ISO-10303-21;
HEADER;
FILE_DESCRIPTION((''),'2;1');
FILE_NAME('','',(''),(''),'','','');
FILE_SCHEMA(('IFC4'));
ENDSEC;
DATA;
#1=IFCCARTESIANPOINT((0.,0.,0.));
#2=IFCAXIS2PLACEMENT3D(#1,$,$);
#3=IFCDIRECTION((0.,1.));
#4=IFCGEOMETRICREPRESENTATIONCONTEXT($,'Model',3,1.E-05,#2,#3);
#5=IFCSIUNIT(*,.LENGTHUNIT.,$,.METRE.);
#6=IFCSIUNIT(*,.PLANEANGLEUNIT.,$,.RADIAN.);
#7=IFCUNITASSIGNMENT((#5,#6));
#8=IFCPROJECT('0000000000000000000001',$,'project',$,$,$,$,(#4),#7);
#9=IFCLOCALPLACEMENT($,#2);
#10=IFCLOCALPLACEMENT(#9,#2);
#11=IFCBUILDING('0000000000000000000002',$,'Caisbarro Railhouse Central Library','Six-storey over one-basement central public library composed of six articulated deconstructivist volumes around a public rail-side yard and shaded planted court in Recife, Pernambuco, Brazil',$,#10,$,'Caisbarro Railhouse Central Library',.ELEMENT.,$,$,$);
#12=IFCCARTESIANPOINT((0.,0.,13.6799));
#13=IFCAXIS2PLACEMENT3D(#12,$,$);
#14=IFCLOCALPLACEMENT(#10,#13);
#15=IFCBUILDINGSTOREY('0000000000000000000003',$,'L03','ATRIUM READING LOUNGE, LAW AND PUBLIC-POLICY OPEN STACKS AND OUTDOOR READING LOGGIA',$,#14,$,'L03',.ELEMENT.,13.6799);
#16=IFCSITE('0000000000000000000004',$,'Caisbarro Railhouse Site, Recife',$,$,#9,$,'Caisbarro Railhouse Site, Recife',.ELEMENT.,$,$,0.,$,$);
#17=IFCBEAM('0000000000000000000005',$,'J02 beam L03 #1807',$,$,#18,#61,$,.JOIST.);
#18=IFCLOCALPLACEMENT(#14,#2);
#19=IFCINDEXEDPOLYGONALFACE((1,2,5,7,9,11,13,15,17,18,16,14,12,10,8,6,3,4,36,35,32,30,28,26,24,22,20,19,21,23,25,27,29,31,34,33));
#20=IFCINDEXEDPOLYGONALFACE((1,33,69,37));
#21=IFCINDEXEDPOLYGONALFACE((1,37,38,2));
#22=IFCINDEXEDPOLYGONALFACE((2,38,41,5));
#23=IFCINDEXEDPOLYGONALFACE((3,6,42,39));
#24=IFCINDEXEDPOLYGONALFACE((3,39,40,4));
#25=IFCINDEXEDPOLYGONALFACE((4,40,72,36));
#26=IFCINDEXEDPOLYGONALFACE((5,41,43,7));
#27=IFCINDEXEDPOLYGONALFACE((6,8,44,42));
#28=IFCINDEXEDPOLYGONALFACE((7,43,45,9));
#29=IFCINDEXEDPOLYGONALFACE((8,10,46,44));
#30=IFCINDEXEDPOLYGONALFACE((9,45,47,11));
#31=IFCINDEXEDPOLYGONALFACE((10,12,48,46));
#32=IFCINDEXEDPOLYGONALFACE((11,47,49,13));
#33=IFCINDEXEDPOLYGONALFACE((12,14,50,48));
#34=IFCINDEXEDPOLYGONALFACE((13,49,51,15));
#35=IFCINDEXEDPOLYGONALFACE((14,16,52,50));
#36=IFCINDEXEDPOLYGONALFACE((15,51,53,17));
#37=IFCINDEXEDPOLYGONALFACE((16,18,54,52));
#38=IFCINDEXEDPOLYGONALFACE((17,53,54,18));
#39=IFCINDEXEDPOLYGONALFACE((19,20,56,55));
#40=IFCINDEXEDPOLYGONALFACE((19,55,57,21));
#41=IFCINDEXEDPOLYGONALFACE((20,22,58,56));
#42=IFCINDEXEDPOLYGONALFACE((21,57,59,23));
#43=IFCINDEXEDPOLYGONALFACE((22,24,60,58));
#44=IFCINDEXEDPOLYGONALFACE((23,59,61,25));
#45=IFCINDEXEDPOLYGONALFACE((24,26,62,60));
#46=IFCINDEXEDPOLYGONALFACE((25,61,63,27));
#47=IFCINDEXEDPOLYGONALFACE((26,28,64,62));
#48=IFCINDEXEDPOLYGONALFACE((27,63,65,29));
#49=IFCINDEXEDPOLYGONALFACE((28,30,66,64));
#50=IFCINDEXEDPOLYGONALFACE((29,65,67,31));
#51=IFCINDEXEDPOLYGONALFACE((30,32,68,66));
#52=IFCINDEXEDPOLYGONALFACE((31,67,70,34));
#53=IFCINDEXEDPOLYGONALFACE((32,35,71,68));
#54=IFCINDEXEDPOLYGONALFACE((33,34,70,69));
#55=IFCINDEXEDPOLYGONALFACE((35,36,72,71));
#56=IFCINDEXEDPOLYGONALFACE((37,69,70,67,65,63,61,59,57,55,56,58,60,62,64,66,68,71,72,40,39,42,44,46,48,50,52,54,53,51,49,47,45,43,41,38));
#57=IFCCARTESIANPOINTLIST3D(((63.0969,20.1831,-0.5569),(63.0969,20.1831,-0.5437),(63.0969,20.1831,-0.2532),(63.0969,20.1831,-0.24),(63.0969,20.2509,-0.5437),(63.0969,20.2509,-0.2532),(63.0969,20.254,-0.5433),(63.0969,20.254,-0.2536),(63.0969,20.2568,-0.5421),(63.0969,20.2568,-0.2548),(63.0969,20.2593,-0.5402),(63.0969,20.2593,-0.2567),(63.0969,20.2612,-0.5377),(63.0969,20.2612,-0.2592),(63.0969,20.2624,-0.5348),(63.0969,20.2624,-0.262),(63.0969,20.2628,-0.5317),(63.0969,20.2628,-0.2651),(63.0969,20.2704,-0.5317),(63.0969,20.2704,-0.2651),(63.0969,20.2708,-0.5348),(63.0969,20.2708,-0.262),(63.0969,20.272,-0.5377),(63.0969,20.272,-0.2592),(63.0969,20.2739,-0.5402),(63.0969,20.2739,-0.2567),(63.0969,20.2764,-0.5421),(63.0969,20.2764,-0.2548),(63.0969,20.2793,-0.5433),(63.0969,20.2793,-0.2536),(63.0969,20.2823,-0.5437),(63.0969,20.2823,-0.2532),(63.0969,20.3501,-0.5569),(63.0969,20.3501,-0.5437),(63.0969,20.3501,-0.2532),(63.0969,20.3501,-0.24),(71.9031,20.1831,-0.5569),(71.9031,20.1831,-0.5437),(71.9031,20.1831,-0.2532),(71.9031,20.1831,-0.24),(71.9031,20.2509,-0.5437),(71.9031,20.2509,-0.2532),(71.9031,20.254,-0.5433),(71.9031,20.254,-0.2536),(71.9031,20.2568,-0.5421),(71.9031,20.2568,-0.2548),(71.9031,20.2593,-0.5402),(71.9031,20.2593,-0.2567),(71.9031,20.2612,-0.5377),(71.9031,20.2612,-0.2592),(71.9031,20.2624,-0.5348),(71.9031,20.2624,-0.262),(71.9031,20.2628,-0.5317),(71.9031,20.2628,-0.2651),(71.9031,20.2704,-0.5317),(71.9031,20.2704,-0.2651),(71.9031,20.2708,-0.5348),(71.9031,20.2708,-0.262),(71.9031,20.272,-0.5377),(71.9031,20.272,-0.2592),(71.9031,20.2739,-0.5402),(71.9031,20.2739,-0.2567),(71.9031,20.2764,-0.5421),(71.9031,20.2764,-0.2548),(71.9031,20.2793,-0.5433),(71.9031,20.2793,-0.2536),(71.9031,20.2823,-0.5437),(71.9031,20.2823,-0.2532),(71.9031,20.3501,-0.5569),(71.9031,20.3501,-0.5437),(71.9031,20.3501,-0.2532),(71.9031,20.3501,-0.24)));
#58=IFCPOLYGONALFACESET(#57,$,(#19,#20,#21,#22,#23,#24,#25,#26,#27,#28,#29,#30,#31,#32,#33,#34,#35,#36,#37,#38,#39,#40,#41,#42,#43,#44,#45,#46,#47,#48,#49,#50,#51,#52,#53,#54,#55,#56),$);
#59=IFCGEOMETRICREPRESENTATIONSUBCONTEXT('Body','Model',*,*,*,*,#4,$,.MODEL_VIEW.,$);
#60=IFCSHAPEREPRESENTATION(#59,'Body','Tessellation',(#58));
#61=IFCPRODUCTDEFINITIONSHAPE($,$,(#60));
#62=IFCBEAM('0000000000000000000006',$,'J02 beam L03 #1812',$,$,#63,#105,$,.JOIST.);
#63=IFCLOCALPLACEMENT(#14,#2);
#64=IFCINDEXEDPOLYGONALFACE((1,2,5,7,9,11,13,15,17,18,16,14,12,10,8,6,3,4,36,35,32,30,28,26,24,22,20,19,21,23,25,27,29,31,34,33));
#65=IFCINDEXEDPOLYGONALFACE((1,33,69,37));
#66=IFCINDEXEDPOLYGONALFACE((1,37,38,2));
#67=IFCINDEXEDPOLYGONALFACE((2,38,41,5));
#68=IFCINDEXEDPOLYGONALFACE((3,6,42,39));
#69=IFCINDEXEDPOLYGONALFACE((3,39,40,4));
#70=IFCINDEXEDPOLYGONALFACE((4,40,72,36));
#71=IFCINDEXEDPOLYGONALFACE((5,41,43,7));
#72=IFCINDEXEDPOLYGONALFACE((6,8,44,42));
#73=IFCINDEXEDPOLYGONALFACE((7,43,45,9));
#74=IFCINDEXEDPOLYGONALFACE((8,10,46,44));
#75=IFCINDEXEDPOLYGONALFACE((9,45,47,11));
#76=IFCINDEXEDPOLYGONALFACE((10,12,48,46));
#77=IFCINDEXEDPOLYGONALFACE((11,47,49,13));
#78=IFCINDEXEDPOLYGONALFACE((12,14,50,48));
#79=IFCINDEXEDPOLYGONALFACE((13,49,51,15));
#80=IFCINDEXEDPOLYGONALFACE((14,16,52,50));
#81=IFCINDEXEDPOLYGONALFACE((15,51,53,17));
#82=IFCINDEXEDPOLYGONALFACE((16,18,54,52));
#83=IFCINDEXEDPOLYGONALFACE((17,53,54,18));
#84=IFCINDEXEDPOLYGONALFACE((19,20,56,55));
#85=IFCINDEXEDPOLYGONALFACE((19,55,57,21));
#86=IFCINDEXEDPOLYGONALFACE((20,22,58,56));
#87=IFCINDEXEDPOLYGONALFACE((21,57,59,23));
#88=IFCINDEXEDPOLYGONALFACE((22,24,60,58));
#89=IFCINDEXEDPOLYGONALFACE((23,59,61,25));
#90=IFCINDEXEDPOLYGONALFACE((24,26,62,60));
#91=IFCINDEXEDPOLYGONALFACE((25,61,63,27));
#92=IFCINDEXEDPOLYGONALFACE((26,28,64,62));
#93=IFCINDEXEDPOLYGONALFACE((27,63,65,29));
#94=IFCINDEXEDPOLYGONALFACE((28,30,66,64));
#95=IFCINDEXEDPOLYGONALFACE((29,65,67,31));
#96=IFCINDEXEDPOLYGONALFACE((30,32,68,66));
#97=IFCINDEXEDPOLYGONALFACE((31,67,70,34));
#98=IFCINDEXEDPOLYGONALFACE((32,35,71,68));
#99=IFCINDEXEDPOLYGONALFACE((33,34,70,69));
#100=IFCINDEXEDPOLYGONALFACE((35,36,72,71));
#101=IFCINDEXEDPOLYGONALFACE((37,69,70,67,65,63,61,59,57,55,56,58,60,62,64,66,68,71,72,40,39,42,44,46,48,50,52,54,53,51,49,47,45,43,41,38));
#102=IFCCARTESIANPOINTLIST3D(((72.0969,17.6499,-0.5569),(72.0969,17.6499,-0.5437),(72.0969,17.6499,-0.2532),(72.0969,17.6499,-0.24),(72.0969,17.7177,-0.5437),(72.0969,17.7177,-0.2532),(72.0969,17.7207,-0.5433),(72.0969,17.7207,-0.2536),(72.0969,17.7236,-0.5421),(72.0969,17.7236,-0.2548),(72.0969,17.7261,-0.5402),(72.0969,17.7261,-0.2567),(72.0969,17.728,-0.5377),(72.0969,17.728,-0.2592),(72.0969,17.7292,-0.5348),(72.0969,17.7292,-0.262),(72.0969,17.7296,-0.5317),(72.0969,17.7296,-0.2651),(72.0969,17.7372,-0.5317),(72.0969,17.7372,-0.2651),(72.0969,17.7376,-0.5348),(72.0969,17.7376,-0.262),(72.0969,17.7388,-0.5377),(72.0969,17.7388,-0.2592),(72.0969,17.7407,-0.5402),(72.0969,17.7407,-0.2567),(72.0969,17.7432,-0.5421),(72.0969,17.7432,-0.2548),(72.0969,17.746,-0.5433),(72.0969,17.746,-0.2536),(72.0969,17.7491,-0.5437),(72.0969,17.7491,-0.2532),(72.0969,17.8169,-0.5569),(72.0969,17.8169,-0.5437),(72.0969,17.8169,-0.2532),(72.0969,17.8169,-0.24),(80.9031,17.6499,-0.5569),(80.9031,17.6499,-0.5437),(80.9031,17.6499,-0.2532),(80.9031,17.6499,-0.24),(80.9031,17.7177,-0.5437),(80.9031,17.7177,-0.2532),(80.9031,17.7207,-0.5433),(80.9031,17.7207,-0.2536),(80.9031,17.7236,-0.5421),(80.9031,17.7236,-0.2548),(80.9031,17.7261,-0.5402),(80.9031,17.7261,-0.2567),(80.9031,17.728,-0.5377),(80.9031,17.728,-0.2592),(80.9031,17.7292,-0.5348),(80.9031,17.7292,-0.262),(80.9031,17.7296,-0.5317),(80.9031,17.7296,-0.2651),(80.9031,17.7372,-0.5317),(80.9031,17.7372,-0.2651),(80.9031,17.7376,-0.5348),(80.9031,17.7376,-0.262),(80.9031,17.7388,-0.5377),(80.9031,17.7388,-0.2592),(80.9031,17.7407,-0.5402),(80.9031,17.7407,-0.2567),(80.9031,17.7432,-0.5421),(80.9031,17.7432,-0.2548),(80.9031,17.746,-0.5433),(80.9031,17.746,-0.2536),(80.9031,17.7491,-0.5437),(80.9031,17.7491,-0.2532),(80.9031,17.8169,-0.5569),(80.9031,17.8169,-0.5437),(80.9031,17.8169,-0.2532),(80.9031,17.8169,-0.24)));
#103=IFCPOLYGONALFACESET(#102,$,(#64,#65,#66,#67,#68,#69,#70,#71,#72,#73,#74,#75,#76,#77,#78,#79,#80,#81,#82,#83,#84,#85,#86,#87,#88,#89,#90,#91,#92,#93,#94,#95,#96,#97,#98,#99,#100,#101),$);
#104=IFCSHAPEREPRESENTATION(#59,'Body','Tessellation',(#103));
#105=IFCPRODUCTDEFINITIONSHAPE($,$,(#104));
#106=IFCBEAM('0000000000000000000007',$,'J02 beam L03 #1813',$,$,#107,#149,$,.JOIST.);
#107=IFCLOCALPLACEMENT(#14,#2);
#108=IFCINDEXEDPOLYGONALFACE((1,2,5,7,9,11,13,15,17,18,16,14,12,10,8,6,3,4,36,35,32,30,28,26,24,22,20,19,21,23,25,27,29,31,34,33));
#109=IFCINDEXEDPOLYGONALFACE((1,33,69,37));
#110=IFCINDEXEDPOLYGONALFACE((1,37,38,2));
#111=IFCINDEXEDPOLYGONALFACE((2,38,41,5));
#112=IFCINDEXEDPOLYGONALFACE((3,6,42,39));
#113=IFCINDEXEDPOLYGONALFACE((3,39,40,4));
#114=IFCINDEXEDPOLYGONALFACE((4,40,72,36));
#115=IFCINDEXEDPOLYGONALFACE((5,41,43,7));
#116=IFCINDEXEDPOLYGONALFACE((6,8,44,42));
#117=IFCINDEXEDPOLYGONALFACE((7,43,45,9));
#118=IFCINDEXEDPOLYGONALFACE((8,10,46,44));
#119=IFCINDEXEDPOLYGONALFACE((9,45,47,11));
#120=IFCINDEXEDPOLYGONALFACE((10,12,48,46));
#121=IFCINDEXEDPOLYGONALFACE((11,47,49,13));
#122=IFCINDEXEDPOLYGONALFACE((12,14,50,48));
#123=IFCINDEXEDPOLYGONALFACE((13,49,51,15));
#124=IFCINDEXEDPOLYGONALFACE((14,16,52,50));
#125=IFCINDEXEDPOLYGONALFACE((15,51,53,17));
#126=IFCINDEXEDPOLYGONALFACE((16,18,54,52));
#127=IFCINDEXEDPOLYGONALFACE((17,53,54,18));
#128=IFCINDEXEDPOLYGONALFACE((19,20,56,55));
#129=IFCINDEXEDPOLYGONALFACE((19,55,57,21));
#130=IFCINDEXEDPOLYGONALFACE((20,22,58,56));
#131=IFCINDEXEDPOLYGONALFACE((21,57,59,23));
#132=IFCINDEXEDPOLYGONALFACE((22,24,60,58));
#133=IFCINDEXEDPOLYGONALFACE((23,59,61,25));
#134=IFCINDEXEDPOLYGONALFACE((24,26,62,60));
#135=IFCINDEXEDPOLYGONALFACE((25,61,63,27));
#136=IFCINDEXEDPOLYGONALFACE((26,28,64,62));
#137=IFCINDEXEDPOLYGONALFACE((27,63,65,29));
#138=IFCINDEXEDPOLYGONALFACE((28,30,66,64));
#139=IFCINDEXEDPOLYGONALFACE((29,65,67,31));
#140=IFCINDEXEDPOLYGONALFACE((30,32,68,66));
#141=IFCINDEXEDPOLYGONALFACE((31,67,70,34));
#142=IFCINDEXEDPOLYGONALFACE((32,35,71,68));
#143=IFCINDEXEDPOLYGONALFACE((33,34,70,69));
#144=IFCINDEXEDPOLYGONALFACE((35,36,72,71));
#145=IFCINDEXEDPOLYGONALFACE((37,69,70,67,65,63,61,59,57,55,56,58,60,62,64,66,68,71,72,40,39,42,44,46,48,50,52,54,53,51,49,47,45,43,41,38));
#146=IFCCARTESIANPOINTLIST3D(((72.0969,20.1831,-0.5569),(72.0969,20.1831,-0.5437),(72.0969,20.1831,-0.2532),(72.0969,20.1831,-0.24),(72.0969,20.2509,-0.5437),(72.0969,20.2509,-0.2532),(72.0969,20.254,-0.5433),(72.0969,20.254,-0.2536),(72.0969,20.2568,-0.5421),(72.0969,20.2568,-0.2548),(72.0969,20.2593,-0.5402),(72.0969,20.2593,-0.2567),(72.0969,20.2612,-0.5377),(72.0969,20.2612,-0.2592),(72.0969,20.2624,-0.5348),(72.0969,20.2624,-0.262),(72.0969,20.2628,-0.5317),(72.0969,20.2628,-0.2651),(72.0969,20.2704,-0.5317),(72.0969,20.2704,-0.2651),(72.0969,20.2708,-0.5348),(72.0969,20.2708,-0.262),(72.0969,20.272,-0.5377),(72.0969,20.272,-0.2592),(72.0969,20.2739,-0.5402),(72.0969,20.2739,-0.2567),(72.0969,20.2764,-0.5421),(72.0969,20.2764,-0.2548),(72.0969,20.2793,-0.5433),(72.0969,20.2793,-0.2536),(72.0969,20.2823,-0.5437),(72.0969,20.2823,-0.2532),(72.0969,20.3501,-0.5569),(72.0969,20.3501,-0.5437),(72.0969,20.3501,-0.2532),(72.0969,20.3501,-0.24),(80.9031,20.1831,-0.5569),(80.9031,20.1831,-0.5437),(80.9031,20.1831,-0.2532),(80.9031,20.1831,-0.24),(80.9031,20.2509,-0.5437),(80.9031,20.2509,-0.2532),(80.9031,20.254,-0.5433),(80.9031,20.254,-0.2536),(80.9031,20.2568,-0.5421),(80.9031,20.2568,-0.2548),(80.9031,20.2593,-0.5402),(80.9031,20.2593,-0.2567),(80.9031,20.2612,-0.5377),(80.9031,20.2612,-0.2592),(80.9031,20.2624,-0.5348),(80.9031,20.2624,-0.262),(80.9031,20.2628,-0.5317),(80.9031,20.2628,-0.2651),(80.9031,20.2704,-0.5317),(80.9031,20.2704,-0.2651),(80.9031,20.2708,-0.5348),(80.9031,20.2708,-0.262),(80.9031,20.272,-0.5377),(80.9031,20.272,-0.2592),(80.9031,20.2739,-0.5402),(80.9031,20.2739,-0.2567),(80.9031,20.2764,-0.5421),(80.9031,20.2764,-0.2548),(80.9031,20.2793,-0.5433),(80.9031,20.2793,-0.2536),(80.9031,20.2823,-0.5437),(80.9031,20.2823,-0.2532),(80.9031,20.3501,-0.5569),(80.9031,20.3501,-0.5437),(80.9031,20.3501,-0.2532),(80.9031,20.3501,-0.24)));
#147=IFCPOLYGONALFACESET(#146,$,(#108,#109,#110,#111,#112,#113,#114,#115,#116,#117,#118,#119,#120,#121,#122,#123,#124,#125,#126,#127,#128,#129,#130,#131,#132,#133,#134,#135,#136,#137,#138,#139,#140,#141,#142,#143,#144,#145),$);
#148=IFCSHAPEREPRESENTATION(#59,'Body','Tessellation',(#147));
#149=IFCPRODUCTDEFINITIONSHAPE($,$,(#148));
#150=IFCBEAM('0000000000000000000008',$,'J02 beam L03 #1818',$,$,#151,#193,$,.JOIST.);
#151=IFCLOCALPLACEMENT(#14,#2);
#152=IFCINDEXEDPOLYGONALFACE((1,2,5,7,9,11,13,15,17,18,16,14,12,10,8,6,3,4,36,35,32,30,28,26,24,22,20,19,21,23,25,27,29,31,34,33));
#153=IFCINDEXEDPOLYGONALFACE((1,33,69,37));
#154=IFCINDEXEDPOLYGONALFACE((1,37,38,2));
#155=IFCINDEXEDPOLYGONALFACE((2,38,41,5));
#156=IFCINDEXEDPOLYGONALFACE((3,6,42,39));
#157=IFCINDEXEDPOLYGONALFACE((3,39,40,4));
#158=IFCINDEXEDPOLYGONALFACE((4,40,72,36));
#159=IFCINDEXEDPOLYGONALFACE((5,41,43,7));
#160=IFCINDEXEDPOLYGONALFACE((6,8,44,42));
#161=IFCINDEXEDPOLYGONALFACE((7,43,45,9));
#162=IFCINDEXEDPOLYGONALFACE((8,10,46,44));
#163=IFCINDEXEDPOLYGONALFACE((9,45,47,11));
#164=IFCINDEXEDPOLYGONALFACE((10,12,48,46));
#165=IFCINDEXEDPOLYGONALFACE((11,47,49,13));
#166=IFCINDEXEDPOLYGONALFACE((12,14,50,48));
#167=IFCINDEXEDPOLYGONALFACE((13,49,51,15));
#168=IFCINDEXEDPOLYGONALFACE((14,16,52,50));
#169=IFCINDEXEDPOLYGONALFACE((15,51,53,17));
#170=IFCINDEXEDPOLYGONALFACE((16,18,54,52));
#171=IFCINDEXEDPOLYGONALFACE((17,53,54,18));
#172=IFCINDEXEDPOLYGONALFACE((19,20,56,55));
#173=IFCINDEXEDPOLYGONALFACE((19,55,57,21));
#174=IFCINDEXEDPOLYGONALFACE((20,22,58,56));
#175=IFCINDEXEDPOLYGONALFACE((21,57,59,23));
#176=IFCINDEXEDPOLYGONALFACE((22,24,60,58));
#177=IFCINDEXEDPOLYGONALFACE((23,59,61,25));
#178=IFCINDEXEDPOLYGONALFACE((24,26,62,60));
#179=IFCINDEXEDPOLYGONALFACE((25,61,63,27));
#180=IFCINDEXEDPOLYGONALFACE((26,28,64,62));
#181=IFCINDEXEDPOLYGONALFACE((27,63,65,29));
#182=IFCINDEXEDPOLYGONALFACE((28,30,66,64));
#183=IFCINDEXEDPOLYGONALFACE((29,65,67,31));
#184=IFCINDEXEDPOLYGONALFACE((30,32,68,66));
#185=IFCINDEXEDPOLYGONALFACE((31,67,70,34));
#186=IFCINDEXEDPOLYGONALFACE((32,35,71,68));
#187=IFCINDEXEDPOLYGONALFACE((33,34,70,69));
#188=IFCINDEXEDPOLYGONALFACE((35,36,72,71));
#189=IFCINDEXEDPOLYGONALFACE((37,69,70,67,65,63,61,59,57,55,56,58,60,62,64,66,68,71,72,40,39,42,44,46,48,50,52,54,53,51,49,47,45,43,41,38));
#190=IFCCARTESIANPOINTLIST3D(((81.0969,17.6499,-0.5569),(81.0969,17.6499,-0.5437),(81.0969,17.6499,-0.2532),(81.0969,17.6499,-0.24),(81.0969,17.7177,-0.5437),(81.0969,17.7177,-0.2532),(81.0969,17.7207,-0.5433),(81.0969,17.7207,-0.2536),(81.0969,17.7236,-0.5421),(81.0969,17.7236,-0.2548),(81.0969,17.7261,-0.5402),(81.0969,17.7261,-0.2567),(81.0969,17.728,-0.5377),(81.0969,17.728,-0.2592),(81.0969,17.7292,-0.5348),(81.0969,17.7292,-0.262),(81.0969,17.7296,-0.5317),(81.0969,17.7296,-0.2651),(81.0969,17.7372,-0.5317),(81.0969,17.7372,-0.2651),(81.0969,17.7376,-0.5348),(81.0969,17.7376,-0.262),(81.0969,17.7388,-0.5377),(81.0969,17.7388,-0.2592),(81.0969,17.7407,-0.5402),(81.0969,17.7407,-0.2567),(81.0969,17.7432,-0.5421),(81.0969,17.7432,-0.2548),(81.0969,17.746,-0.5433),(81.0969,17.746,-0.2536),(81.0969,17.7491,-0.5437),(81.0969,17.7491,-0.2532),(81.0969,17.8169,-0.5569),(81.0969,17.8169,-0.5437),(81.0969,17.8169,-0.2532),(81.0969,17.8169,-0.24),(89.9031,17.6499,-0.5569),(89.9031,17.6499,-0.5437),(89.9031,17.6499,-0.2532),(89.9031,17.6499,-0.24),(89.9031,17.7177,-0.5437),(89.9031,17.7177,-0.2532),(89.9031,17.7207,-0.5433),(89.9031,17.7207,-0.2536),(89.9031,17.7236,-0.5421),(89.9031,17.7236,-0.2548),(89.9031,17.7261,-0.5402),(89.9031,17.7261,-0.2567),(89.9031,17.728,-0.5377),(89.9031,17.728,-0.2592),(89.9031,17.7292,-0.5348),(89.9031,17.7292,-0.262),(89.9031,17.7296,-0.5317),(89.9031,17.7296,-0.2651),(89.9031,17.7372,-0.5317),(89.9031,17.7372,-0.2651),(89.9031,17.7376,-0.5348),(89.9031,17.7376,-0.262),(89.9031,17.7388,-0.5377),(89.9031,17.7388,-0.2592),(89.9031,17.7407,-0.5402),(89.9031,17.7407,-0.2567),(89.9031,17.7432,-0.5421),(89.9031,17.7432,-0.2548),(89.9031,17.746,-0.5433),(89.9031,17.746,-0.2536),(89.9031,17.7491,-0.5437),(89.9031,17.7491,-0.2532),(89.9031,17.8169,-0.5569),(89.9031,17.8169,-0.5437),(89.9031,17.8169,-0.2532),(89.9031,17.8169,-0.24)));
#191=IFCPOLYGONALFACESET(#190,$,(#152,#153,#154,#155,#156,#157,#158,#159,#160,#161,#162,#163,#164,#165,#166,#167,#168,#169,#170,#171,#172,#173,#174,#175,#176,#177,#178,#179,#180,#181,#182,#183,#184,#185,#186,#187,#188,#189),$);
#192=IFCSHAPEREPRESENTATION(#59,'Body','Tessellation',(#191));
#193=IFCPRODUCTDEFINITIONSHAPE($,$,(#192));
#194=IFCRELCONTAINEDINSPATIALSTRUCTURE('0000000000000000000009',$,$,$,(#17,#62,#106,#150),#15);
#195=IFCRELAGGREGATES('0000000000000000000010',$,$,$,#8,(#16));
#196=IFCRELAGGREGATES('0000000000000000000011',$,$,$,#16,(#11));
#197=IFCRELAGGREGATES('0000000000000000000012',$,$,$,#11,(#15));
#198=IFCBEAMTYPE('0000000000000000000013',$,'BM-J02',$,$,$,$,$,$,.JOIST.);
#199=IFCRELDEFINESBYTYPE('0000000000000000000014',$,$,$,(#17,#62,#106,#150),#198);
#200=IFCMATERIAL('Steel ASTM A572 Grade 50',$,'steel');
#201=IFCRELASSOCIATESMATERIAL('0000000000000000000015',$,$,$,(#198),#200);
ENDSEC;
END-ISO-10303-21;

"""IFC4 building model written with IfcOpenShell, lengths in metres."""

from ifc_helpers import new_model, si_unit, direction, frame, origin, origin_2d, place, context, subcontext, project, spatial, i_section, extrude, material, material_profile, profile_set, type_object, element, save


model = new_model("IFC4")

# Units and contexts
model_context = context("Model", 3, precision=1e-05, world=origin(), true_north=direction((0.0, 1.0)))
body_context = subcontext(model_context, "Body", "Model", "MODEL_VIEW")
ifc_project = project(units=[si_unit("LENGTHUNIT", "METRE"), si_unit("PLANEANGLEUNIT", "RADIAN")], contexts=[model_context])

# Site, building, storey
site_placement = place(None, origin())
site = spatial("IfcSite", under=ifc_project, at=site_placement, Name="Caisbarro Railhouse Site, Recife", LongName="Caisbarro Railhouse Site, Recife", CompositionType="ELEMENT", RefElevation=0.0)
building_placement = place(site_placement, origin())
building = spatial("IfcBuilding", under=site, at=building_placement, Name="Caisbarro Railhouse Central Library", Description="Six-storey over one-basement central public library composed of six articulated deconstructivist volumes around a public rail-side yard and shaded planted court in Recife, Pernambuco, Brazil", LongName="Caisbarro Railhouse Central Library", CompositionType="ELEMENT")
storey_placement = place(building_placement, frame((0.0, 0.0, 13.6799)))
storey = spatial("IfcBuildingStorey", under=building, at=storey_placement, Name="L03", Description="ATRIUM READING LOUNGE, LAW AND PUBLIC-POLICY OPEN STACKS AND OUTDOOR READING LOGGIA", LongName="L03", CompositionType="ELEMENT", Elevation=13.6799)

# Shared definitions
ifc_material_1 = material(Name="Steel ASTM A572 Grade 50", Category="steel")

# Beams
ifc_material_profile_1 = material_profile(ifc_material_1, i_section(OverallWidth=0.167, OverallDepth=0.3169, WebThickness=0.0076, FlangeThickness=0.0132, FilletRadius=0.012, at=origin_2d()), Name="W310X52.0")
ifc_profile_set_1 = profile_set([ifc_material_profile_1], Name="Steel ASTM A572 Grade 50")
beam_type_1 = type_object("IfcBeamType", Name="BM-J02", PredefinedType="JOIST", material=ifc_profile_set_1)
for number, where, z_axis, x_axis, name in (
    (1, (63.0969, 20.2666, -0.3984), (1.0, 0.0, 0.0), (0.0, 1.0, 0.0), "J02 beam L03 #1807"),
    (2, (72.0969, 17.7334, -0.3984), (1.0, 0.0, 0.0), (0.0, 1.0, 0.0), "J02 beam L03 #1812"),
    (3, (72.0969, 20.2666, -0.3984), (1.0, 0.0, 0.0), (0.0, 1.0, 0.0), "J02 beam L03 #1813"),
    (4, (81.0969, 17.7334, -0.3984), (1.0, 0.0, 0.0), (0.0, 1.0, 0.0), "J02 beam L03 #1818"),
):
    element("IfcBeam", number, at=place(storey_placement, frame(where, z_axis=z_axis, x_axis=x_axis)), inside=storey, type_object=beam_type_1, Name=name, PredefinedType="JOIST", context=body_context, shape_type="SweptSolid", body=[
        extrude(i_section(OverallWidth=0.167, OverallDepth=0.3169, WebThickness=0.0076, FlangeThickness=0.0132, FilletRadius=0.012, at=origin_2d()), origin(), (0.0, 0.0, 1.0), 8.8062),
    ])

save(model, "model.ifc")
